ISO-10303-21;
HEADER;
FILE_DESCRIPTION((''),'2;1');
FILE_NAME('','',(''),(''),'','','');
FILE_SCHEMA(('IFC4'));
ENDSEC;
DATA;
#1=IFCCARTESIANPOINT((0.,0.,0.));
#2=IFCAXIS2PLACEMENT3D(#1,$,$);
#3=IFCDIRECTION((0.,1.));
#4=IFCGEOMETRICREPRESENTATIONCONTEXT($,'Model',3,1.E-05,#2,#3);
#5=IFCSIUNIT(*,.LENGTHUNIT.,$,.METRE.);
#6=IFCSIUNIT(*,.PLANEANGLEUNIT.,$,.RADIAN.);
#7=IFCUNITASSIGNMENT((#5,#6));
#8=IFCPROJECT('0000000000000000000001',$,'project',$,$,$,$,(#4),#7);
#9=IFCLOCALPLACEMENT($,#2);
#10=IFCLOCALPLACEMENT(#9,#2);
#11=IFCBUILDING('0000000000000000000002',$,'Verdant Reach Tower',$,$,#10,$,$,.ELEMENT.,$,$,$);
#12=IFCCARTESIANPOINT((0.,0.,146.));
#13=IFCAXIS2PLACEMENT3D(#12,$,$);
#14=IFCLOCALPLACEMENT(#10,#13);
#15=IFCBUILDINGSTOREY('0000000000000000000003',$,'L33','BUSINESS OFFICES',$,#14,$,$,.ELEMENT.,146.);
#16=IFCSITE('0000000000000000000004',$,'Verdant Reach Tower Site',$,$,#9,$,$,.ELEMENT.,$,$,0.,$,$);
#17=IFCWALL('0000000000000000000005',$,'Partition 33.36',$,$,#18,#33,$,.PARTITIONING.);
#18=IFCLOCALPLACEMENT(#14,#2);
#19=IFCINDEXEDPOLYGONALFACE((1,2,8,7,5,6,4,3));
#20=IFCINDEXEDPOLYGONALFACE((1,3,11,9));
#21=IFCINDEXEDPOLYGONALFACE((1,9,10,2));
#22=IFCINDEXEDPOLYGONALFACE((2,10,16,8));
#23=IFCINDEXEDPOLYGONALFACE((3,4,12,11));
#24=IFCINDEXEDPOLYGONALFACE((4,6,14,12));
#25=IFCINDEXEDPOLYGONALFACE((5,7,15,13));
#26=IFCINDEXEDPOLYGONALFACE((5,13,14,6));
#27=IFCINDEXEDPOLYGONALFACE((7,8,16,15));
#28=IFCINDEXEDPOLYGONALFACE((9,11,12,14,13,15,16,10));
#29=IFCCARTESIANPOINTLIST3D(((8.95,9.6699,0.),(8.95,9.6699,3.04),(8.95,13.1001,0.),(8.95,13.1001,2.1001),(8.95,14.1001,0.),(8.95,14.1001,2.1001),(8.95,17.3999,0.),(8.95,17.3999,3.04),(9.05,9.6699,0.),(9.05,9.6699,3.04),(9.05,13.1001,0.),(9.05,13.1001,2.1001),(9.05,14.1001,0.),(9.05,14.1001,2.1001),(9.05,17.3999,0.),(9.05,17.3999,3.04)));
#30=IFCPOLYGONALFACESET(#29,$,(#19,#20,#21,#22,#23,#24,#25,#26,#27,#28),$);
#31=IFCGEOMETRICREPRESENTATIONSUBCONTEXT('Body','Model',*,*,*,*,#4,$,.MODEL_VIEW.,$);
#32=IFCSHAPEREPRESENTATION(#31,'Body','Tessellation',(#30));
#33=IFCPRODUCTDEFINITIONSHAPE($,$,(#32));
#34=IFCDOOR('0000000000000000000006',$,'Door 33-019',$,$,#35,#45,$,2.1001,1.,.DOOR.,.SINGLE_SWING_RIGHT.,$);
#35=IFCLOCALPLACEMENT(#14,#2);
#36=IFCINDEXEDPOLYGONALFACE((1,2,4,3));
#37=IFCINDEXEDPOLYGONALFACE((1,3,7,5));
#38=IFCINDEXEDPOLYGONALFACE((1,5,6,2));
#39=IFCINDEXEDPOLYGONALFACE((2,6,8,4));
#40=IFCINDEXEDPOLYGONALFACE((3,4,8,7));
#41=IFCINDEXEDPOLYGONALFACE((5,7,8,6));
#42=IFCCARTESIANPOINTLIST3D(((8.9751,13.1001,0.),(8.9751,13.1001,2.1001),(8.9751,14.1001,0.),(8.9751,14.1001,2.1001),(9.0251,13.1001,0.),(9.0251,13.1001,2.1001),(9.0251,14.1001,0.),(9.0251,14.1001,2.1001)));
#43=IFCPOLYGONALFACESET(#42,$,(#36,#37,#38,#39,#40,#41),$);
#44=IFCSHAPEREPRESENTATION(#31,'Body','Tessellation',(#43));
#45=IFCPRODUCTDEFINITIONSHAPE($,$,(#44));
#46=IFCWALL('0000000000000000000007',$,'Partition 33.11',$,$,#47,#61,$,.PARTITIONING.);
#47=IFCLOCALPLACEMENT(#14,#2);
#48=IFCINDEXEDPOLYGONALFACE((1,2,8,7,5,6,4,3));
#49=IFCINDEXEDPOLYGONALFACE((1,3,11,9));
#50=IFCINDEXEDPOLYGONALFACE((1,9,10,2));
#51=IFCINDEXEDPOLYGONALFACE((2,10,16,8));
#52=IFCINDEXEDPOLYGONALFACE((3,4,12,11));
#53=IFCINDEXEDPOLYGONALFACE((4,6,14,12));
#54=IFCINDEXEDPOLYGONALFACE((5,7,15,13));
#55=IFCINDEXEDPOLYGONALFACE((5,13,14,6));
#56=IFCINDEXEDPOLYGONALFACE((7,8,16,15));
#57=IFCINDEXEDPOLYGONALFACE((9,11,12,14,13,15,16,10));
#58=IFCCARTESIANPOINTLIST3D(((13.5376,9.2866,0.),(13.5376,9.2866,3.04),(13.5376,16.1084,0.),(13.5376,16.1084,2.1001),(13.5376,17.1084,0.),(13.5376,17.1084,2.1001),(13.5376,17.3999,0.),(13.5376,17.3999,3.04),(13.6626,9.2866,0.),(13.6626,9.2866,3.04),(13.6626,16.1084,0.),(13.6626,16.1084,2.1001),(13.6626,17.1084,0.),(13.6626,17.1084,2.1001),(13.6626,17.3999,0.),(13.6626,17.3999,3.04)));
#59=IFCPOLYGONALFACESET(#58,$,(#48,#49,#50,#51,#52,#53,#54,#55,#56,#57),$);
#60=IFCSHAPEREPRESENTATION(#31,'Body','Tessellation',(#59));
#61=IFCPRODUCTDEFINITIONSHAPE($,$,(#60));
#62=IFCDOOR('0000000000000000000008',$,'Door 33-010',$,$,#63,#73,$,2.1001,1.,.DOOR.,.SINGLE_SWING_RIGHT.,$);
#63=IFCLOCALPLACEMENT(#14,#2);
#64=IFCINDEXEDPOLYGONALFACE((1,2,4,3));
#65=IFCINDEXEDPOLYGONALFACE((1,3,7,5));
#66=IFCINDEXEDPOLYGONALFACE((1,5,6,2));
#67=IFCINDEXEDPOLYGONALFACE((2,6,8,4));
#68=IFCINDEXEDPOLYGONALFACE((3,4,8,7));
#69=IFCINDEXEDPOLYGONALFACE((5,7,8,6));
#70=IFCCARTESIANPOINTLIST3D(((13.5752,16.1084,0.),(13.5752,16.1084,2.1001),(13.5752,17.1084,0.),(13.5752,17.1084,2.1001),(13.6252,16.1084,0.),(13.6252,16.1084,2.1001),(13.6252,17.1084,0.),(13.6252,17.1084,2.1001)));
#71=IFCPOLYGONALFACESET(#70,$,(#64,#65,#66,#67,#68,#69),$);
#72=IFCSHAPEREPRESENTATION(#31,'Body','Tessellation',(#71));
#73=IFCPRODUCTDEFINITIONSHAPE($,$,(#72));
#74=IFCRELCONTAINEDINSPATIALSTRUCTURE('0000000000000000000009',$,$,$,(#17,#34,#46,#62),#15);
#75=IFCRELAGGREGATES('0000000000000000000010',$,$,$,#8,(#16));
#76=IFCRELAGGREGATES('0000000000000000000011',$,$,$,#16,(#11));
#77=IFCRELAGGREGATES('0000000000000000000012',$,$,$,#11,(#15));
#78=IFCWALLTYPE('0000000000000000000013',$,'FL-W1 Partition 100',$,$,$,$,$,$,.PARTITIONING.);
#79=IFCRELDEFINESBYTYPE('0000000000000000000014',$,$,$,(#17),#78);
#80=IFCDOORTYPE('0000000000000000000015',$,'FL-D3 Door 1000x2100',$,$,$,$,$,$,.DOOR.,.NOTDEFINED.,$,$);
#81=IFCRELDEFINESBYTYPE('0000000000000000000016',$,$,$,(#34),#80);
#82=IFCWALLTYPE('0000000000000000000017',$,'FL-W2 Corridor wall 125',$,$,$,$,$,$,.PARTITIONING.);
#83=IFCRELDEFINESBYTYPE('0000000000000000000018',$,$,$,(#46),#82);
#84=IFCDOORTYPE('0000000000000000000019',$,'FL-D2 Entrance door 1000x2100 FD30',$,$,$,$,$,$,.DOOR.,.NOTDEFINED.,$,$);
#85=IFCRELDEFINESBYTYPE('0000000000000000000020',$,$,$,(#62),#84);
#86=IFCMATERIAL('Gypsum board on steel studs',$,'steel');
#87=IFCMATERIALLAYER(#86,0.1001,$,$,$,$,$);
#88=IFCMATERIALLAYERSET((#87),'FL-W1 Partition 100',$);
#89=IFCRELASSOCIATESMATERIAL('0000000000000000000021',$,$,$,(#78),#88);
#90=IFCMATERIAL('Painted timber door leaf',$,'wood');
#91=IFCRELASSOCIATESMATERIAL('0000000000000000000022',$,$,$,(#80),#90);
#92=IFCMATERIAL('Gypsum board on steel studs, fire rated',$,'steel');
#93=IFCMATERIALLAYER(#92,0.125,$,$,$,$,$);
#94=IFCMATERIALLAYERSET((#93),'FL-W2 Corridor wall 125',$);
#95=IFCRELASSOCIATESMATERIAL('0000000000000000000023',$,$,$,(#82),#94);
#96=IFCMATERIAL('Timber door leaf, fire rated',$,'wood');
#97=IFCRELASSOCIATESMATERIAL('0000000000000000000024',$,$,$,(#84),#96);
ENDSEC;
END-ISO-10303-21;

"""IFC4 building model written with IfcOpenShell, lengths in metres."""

from ifc_helpers import new_model, si_unit, direction, frame, frame_2d, origin, place, context, subcontext, project, spatial, rectangle, extrude, material, layer, layer_set, type_object, element, fill, save


model = new_model("IFC4")

# Units and contexts
model_context = context("Model", 3, precision=1e-05, world=origin(), true_north=direction((0.0, 1.0)))
body_context = subcontext(model_context, "Body", "Model", "MODEL_VIEW")
ifc_project = project(units=[si_unit("LENGTHUNIT", "METRE"), si_unit("PLANEANGLEUNIT", "RADIAN")], contexts=[model_context])

# Site, building, storey
site_placement = place(None, origin())
site = spatial("IfcSite", under=ifc_project, at=site_placement, Name="Verdant Reach Tower Site", CompositionType="ELEMENT", RefElevation=0.0)
building_placement = place(site_placement, origin())
building = spatial("IfcBuilding", under=site, at=building_placement, Name="Verdant Reach Tower", CompositionType="ELEMENT")
storey_placement = place(building_placement, frame((0.0, 0.0, 146.0)))
storey = spatial("IfcBuildingStorey", under=building, at=storey_placement, Name="L33", Description="BUSINESS OFFICES", CompositionType="ELEMENT", Elevation=146.0)

# Shared definitions
ifc_material_1 = material(Name="Gypsum board on steel studs", Category="steel")
ifc_layer_1 = layer(ifc_material_1, 0.1001)
ifc_layer_set_1 = layer_set([ifc_layer_1], Name="FL-W1 Partition 100")
wall_type_1 = type_object("IfcWallType", Name="FL-W1 Partition 100", PredefinedType="PARTITIONING", material=ifc_layer_set_1)

# Walls, openings, doors
wall_1_placement = place(storey_placement, frame((9.0, 9.6699, 0.0), z_axis=(0.0, 0.0, 1.0), x_axis=(0.0, 1.0, 0.0)))
wall_1 = element("IfcWall", 1, at=wall_1_placement, inside=storey, type_object=wall_type_1, Name="Partition 33.36", PredefinedType="PARTITIONING", context=body_context, shape_type="SweptSolid", body=[
    extrude(rectangle(XDim=7.73, YDim=0.1001, at=frame_2d((3.865, 0.0))), origin(), (0.0, 0.0, 1.0), 3.04),
])
opening_1_placement = place(wall_1_placement, frame((3.4302, 0.0, 0.0)))
opening_1 = element("IfcOpeningElement", 2, at=opening_1_placement, cuts=wall_1, PredefinedType="OPENING", context=body_context, shape_type="SweptSolid", body=[
    extrude(rectangle(XDim=1.0, YDim=2.1001, at=frame_2d((0.5, 1.05))), frame((0.0, 0.0601, 0.0), z_axis=(0.0, -1.0, 0.0), x_axis=(1.0, 0.0, 0.0)), (0.0, 0.0, 1.0), 0.1201),
])
ifc_material_2 = material(Name="Painted timber door leaf", Category="wood")
door_type_1 = type_object("IfcDoorType", Name="FL-D3 Door 1000x2100", OperationType="NOTDEFINED", PredefinedType="DOOR", material=ifc_material_2)
door_1_placement = place(opening_1_placement, origin())
door_1 = element("IfcDoor", 3, at=door_1_placement, inside=storey, type_object=door_type_1, Name="Door 33-019", OperationType="SINGLE_SWING_RIGHT", OverallHeight=2.1001, OverallWidth=1.0, PredefinedType="DOOR", context=body_context, shape_type="SweptSolid", body=[
    extrude(rectangle(XDim=1.0, YDim=2.1001, at=frame_2d((0.5, 1.05))), frame((0.0, 0.0249, 0.0), z_axis=(0.0, -1.0, 0.0), x_axis=(1.0, 0.0, 0.0)), (0.0, 0.0, 1.0), 0.05),
])
fill(opening_1, door_1)
ifc_material_3 = material(Name="Gypsum board on steel studs, fire rated", Category="steel")
ifc_layer_2 = layer(ifc_material_3, 0.125)
ifc_layer_set_2 = layer_set([ifc_layer_2], Name="FL-W2 Corridor wall 125")
wall_type_2 = type_object("IfcWallType", Name="FL-W2 Corridor wall 125", PredefinedType="PARTITIONING", material=ifc_layer_set_2)
wall_2_placement = place(storey_placement, frame((13.6001, 9.2866, 0.0), z_axis=(0.0, 0.0, 1.0), x_axis=(0.0, 1.0, 0.0)))
wall_2 = element("IfcWall", 4, at=wall_2_placement, inside=storey, type_object=wall_type_2, Name="Partition 33.11", PredefinedType="PARTITIONING", context=body_context, shape_type="SweptSolid", body=[
    extrude(rectangle(XDim=8.1133, YDim=0.125, at=frame_2d((4.0566, 0.0))), origin(), (0.0, 0.0, 1.0), 3.04),
])
opening_2_placement = place(wall_2_placement, frame((6.8218, 0.0, 0.0)))
opening_2 = element("IfcOpeningElement", 5, at=opening_2_placement, cuts=wall_2, PredefinedType="OPENING", context=body_context, shape_type="SweptSolid", body=[
    extrude(rectangle(XDim=1.0, YDim=2.1001, at=frame_2d((0.5, 1.05))), frame((0.0, 0.0725, 0.0), z_axis=(0.0, -1.0, 0.0), x_axis=(1.0, 0.0, 0.0)), (0.0, 0.0, 1.0), 0.145),
])
ifc_material_4 = material(Name="Timber door leaf, fire rated", Category="wood")
door_type_2 = type_object("IfcDoorType", Name="FL-D2 Entrance door 1000x2100 FD30", OperationType="NOTDEFINED", PredefinedType="DOOR", material=ifc_material_4)
door_2_placement = place(opening_2_placement, origin())
door_2 = element("IfcDoor", 6, at=door_2_placement, inside=storey, type_object=door_type_2, Name="Door 33-010", OperationType="SINGLE_SWING_RIGHT", OverallHeight=2.1001, OverallWidth=1.0, PredefinedType="DOOR", context=body_context, shape_type="SweptSolid", body=[
    extrude(rectangle(XDim=1.0, YDim=2.1001, at=frame_2d((0.5, 1.05))), frame((0.0, 0.0249, 0.0), z_axis=(0.0, -1.0, 0.0), x_axis=(1.0, 0.0, 0.0)), (0.0, 0.0, 1.0), 0.05),
])
fill(opening_2, door_2)

save(model, "model.ifc")
